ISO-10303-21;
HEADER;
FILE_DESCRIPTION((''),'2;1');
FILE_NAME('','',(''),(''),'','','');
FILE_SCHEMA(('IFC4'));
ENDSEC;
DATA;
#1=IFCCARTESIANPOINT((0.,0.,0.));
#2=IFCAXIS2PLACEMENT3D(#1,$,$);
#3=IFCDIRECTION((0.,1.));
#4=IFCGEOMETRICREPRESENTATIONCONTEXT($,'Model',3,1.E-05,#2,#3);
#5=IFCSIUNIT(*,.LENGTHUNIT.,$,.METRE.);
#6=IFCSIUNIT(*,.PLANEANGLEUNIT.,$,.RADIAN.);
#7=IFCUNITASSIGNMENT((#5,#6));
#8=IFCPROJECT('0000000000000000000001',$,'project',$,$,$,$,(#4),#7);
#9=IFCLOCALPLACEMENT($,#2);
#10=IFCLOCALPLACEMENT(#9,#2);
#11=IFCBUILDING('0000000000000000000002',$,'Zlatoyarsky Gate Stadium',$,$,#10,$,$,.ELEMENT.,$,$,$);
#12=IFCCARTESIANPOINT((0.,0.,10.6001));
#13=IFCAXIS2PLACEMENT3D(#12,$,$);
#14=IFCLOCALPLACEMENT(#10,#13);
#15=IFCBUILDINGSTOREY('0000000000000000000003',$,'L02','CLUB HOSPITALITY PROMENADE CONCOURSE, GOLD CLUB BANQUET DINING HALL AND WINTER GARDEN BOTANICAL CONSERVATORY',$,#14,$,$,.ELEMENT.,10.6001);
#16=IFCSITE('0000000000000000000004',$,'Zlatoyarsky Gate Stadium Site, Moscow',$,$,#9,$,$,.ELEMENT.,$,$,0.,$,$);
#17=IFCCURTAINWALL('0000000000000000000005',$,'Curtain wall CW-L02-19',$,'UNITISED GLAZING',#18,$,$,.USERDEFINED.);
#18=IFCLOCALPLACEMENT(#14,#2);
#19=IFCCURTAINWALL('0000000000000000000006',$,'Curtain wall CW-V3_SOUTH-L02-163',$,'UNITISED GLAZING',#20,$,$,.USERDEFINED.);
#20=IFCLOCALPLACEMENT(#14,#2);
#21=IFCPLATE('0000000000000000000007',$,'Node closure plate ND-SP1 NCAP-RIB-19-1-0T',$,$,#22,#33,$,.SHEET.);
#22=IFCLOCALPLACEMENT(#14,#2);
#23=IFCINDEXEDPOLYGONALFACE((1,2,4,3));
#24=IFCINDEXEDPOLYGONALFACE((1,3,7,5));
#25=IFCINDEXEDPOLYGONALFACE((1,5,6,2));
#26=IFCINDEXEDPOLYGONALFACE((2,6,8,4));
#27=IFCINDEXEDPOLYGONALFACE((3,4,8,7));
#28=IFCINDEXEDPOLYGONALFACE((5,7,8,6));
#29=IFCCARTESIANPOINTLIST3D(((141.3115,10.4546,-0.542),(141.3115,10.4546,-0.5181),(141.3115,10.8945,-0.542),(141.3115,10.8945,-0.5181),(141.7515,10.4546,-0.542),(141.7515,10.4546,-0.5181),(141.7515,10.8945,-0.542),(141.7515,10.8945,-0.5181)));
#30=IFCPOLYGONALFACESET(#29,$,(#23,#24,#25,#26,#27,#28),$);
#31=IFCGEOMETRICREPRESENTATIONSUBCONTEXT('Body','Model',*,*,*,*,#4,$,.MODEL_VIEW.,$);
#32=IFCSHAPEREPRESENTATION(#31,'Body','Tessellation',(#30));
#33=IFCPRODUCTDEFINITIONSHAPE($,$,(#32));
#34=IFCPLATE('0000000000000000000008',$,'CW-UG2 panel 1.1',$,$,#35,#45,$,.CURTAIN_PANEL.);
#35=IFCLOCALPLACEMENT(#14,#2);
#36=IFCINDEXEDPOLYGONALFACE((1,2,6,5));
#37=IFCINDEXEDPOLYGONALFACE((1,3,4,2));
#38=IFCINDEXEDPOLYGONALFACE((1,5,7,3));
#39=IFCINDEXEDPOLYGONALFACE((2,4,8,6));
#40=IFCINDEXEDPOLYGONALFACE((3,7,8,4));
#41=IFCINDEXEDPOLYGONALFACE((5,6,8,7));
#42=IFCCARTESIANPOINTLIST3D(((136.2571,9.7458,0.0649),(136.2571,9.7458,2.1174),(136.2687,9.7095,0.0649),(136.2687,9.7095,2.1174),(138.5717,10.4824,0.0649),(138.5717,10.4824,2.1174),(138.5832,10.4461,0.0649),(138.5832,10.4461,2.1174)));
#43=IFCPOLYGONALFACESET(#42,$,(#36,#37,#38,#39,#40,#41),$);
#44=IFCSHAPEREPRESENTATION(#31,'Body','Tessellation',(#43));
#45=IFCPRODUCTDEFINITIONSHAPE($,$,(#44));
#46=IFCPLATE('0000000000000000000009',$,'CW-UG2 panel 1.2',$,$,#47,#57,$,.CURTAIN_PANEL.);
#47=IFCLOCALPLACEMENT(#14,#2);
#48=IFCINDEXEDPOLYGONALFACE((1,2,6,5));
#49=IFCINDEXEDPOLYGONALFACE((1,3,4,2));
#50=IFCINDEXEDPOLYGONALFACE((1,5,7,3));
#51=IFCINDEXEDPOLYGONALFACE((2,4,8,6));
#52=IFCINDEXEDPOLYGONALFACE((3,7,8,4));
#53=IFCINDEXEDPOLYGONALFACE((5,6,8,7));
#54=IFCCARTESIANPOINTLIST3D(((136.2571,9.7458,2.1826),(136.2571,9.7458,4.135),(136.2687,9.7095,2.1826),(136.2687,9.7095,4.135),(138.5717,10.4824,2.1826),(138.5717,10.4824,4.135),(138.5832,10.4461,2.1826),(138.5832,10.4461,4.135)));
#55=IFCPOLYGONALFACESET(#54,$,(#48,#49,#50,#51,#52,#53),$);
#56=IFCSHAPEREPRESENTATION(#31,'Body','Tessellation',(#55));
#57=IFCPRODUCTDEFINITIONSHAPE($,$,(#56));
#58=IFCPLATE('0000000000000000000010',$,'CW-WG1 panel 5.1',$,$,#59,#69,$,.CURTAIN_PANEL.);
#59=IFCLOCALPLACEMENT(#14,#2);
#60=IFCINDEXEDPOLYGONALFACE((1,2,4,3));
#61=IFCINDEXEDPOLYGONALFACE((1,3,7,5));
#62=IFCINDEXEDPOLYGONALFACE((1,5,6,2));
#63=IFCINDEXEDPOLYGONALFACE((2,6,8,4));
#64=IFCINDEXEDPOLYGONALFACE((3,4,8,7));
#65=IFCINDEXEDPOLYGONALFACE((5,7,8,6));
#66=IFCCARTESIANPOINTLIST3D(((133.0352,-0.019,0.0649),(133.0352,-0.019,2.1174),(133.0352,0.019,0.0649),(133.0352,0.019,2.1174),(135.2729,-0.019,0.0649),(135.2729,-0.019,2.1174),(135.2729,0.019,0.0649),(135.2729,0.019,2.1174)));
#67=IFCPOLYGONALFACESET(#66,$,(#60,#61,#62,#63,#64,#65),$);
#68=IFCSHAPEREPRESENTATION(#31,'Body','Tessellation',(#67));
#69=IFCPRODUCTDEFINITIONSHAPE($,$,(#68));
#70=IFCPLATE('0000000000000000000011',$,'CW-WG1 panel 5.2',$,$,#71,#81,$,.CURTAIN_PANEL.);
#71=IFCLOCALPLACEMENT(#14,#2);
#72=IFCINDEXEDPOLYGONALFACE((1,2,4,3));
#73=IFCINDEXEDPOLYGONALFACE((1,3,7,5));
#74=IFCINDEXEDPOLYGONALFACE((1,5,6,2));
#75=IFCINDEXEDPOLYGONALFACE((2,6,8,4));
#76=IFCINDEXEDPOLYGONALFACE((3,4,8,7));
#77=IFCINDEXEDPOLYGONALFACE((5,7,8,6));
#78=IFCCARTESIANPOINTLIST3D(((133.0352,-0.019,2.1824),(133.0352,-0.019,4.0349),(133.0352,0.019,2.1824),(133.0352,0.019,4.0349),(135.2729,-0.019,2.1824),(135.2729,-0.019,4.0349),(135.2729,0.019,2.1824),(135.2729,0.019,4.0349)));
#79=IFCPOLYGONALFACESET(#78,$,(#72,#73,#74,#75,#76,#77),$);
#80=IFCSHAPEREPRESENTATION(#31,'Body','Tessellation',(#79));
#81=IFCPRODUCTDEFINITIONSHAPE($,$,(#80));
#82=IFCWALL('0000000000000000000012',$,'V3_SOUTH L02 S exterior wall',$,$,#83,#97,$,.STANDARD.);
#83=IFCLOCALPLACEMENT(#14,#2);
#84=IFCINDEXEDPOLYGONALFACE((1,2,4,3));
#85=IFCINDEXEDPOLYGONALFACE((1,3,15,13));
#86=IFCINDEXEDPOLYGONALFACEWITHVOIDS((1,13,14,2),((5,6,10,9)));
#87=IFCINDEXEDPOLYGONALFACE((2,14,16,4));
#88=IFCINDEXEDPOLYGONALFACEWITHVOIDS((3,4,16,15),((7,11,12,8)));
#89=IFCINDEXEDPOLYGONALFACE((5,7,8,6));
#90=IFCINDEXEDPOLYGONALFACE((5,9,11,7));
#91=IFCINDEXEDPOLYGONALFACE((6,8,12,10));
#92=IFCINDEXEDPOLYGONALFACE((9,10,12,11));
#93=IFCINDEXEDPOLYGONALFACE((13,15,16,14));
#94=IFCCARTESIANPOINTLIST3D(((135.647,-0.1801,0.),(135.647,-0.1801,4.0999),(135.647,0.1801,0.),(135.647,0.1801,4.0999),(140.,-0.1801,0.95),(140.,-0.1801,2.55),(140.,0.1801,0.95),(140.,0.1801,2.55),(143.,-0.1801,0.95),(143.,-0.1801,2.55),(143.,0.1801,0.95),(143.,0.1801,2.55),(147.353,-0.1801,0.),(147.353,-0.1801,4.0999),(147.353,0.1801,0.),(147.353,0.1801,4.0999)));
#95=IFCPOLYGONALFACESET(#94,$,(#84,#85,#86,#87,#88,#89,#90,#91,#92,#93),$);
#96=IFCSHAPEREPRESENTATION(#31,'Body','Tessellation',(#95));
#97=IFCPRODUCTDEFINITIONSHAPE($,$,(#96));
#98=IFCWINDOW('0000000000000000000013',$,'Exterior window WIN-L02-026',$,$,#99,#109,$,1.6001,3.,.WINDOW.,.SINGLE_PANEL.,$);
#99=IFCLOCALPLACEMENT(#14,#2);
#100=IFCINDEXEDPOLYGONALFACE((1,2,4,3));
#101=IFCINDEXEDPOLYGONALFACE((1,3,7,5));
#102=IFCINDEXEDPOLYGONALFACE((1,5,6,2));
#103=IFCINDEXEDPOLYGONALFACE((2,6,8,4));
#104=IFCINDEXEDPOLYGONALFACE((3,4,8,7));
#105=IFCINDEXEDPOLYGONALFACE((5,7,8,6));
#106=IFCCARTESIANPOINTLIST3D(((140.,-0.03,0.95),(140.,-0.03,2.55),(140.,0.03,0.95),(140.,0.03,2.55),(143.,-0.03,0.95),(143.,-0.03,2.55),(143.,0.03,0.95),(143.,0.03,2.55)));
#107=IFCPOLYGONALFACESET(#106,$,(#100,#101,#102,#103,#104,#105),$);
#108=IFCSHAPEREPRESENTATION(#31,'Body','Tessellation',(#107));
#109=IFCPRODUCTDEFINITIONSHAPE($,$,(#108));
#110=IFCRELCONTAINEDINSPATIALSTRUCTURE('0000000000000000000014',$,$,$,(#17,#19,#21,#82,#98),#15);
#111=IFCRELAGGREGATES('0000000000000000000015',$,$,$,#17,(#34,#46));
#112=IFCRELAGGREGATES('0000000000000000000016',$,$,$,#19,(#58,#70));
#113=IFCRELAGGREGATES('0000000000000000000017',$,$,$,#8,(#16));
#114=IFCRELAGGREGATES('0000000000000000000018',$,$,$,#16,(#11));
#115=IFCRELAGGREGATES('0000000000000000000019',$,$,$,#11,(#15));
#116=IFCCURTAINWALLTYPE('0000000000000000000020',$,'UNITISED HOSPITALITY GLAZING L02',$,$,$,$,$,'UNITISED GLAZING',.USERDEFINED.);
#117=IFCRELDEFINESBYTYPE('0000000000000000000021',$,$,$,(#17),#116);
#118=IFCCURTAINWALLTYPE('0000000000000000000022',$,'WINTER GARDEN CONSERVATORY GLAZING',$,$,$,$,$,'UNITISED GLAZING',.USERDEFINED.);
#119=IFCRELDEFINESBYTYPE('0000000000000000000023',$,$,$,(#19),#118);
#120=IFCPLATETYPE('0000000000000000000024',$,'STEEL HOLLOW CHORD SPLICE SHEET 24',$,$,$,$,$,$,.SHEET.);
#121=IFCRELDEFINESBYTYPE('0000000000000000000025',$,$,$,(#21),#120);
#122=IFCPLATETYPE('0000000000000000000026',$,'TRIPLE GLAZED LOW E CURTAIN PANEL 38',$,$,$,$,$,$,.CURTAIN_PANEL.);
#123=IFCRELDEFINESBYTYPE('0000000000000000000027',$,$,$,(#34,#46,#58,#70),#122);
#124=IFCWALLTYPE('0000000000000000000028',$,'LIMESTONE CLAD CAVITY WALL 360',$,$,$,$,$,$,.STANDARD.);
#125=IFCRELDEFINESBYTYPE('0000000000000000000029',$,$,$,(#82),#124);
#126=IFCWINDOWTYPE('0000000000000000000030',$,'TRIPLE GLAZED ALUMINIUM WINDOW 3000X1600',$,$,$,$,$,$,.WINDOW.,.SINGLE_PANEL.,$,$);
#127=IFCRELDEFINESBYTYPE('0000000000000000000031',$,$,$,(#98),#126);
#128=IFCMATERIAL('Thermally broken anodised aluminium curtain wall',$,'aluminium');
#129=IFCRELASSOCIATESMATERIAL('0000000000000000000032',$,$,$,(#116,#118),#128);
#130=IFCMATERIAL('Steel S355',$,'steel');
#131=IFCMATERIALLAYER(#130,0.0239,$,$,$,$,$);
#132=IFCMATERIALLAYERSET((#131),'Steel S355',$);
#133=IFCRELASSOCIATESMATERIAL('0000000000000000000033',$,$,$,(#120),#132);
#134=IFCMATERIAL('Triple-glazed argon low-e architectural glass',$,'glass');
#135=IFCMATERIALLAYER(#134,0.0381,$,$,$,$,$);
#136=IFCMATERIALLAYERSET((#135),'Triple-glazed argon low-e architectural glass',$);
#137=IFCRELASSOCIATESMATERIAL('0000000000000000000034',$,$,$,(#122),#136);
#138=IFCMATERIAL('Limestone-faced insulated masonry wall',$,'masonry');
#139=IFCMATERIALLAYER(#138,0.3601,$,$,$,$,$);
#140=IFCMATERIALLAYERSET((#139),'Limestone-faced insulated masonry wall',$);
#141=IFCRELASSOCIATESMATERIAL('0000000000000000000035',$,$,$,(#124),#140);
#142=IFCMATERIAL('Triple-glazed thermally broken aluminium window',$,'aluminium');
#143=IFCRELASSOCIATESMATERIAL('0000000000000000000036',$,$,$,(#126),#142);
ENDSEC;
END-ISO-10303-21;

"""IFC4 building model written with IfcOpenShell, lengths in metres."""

from ifc_helpers import new_model, si_unit, direction, frame, frame_2d, origin, origin_2d, place, context, subcontext, project, spatial, rectangle, extrude, material, layer, layer_set, type_object, element, fill, aggregate, save


model = new_model("IFC4")

# Units and contexts
model_context = context("Model", 3, precision=1e-05, world=origin(), true_north=direction((0.0, 1.0)))
body_context = subcontext(model_context, "Body", "Model", "MODEL_VIEW")
ifc_project = project(units=[si_unit("LENGTHUNIT", "METRE"), si_unit("PLANEANGLEUNIT", "RADIAN")], contexts=[model_context])

# Site, building, storey
site_placement = place(None, origin())
site = spatial("IfcSite", under=ifc_project, at=site_placement, Name="Zlatoyarsky Gate Stadium Site, Moscow", CompositionType="ELEMENT", RefElevation=0.0)
building_placement = place(site_placement, origin())
building = spatial("IfcBuilding", under=site, at=building_placement, Name="Zlatoyarsky Gate Stadium", CompositionType="ELEMENT")
storey_placement = place(building_placement, frame((0.0, 0.0, 10.6001)))
storey = spatial("IfcBuildingStorey", under=building, at=storey_placement, Name="L02", Description="CLUB HOSPITALITY PROMENADE CONCOURSE, GOLD CLUB BANQUET DINING HALL AND WINTER GARDEN BOTANICAL CONSERVATORY", CompositionType="ELEMENT", Elevation=10.6001)

# Shared definitions
ifc_material_1 = material(Name="Steel S355", Category="steel")

# Shared definitions
ifc_material_2 = material(Name="Thermally broken anodised aluminium curtain wall", Category="aluminium")

# Curtain wall
curtain_wall_type_1 = type_object("IfcCurtainWallType", Name="UNITISED HOSPITALITY GLAZING L02", ElementType="UNITISED GLAZING", PredefinedType="USERDEFINED", material=ifc_material_2)
curtain_wall_1_placement = place(storey_placement, origin())
curtain_wall_1 = element("IfcCurtainWall", 1, at=curtain_wall_1_placement, inside=storey, type_object=curtain_wall_type_1, Name="Curtain wall CW-L02-19", ObjectType="UNITISED GLAZING", PredefinedType="USERDEFINED")

# Curtain wall
curtain_wall_type_2 = type_object("IfcCurtainWallType", Name="WINTER GARDEN CONSERVATORY GLAZING", ElementType="UNITISED GLAZING", PredefinedType="USERDEFINED", material=ifc_material_2)
curtain_wall_2_placement = place(storey_placement, origin())
curtain_wall_2 = element("IfcCurtainWall", 2, at=curtain_wall_2_placement, inside=storey, type_object=curtain_wall_type_2, Name="Curtain wall CW-V3_SOUTH-L02-163", ObjectType="UNITISED GLAZING", PredefinedType="USERDEFINED")

# Shared definitions
ifc_material_3 = material(Name="Triple-glazed argon low-e architectural glass", Category="glass")

# Plate
ifc_layer_1 = layer(ifc_material_1, 0.0239)
ifc_layer_set_1 = layer_set([ifc_layer_1], Name="Steel S355")
plate_type_1 = type_object("IfcPlateType", Name="STEEL HOLLOW CHORD SPLICE SHEET 24", PredefinedType="SHEET", material=ifc_layer_set_1)
plate_1_placement = place(storey_placement, frame((141.5315, 10.6746, -0.542), z_axis=(0.0, 0.0, 1.0), x_axis=(1.0, 0.0, 0.0)))
element("IfcPlate", 3, at=plate_1_placement, inside=storey, type_object=plate_type_1, Name="Node closure plate ND-SP1 NCAP-RIB-19-1-0T", PredefinedType="SHEET", context=body_context, shape_type="SweptSolid", body=[
    extrude(rectangle(XDim=0.4399, YDim=0.4399, at=origin_2d()), origin(), (0.0, 0.0, 1.0), 0.0239),
])

# Plates
ifc_layer_2 = layer(ifc_material_3, 0.0381)
ifc_layer_set_2 = layer_set([ifc_layer_2], Name="Triple-glazed argon low-e architectural glass")
plate_type_2 = type_object("IfcPlateType", Name="TRIPLE GLAZED LOW E CURTAIN PANEL 38", PredefinedType="CURTAIN_PANEL", material=ifc_layer_set_2)
plate_2_placement = place(storey_placement, frame((137.4202, 10.0959, 0.0649), z_axis=(0.0, 0.0, 1.0), x_axis=(0.952902, 0.303278, 0.0)))
plate_2 = element("IfcPlate", 4, at=plate_2_placement, type_object=plate_type_2, Name="CW-UG2 panel 1.1", PredefinedType="CURTAIN_PANEL", context=body_context, shape_type="SweptSolid", body=[
    extrude(rectangle(XDim=2.429, YDim=0.0381, at=origin_2d()), origin(), (0.0, 0.0, 1.0), 2.0525),
])
plate_3_placement = place(storey_placement, frame((137.4202, 10.0959, 2.1826), z_axis=(0.0, 0.0, 1.0), x_axis=(0.952902, 0.303278, 0.0)))
plate_3 = element("IfcPlate", 5, at=plate_3_placement, type_object=plate_type_2, Name="CW-UG2 panel 1.2", PredefinedType="CURTAIN_PANEL", context=body_context, shape_type="SweptSolid", body=[
    extrude(rectangle(XDim=2.429, YDim=0.0381, at=origin_2d()), origin(), (0.0, 0.0, 1.0), 1.9524),
])
aggregate(curtain_wall_1, [plate_2, plate_3])
plate_4_placement = place(storey_placement, frame((134.1541, 0.0, 0.0649), z_axis=(0.0, 0.0, 1.0), x_axis=(1.0, 0.0, 0.0)))
plate_4 = element("IfcPlate", 6, at=plate_4_placement, type_object=plate_type_2, Name="CW-WG1 panel 5.1", PredefinedType="CURTAIN_PANEL", context=body_context, shape_type="SweptSolid", body=[
    extrude(rectangle(XDim=2.2378, YDim=0.0381, at=origin_2d()), origin(), (0.0, 0.0, 1.0), 2.0525),
])
plate_5_placement = place(storey_placement, frame((134.1541, 0.0, 2.1824), z_axis=(0.0, 0.0, 1.0), x_axis=(1.0, 0.0, 0.0)))
plate_5 = element("IfcPlate", 7, at=plate_5_placement, type_object=plate_type_2, Name="CW-WG1 panel 5.2", PredefinedType="CURTAIN_PANEL", context=body_context, shape_type="SweptSolid", body=[
    extrude(rectangle(XDim=2.2378, YDim=0.0381, at=origin_2d()), origin(), (0.0, 0.0, 1.0), 1.8525),
])
aggregate(curtain_wall_2, [plate_4, plate_5])

# Wall, opening, window
ifc_material_4 = material(Name="Limestone-faced insulated masonry wall", Category="masonry")
ifc_layer_3 = layer(ifc_material_4, 0.3601)
ifc_layer_set_3 = layer_set([ifc_layer_3], Name="Limestone-faced insulated masonry wall")
wall_type = type_object("IfcWallType", Name="LIMESTONE CLAD CAVITY WALL 360", PredefinedType="STANDARD", material=ifc_layer_set_3)
wall_placement = place(storey_placement, frame((135.647, 0.0, 0.0), z_axis=(0.0, 0.0, 1.0), x_axis=(1.0, 0.0, 0.0)))
wall = element("IfcWall", 8, at=wall_placement, inside=storey, type_object=wall_type, Name="V3_SOUTH L02 S exterior wall", PredefinedType="STANDARD", context=body_context, shape_type="SweptSolid", body=[
    extrude(rectangle(XDim=11.7061, YDim=0.3601, at=frame_2d((5.853, 0.0))), origin(), (0.0, 0.0, 1.0), 4.0999),
])
opening_placement = place(wall_placement, frame((4.353, 0.0, 0.95)))
opening = element("IfcOpeningElement", 9, at=opening_placement, cuts=wall, PredefinedType="OPENING", context=body_context, shape_type="SweptSolid", body=[
    extrude(rectangle(XDim=3.0, YDim=1.6001, at=frame_2d((1.5, 0.8))), frame((0.0, 0.1899, 0.0), z_axis=(0.0, -1.0, 0.0), x_axis=(1.0, 0.0, 0.0)), (0.0, 0.0, 1.0), 0.3801),
])
ifc_material_5 = material(Name="Triple-glazed thermally broken aluminium window", Category="aluminium")
window_type = type_object("IfcWindowType", Name="TRIPLE GLAZED ALUMINIUM WINDOW 3000X1600", PartitioningType="SINGLE_PANEL", PredefinedType="WINDOW", material=ifc_material_5)
window_placement = place(opening_placement, origin())
window = element("IfcWindow", 10, at=window_placement, inside=storey, type_object=window_type, Name="Exterior window WIN-L02-026", OverallHeight=1.6001, OverallWidth=3.0, PartitioningType="SINGLE_PANEL", PredefinedType="WINDOW", context=body_context, shape_type="SweptSolid", body=[
    extrude(rectangle(XDim=3.0, YDim=1.6001, at=frame_2d((1.5, 0.8))), frame((0.0, 0.03, 0.0), z_axis=(0.0, -1.0, 0.0), x_axis=(1.0, 0.0, 0.0)), (0.0, 0.0, 1.0), 0.0601),
])
fill(opening, window)

save(model, "model.ifc")
